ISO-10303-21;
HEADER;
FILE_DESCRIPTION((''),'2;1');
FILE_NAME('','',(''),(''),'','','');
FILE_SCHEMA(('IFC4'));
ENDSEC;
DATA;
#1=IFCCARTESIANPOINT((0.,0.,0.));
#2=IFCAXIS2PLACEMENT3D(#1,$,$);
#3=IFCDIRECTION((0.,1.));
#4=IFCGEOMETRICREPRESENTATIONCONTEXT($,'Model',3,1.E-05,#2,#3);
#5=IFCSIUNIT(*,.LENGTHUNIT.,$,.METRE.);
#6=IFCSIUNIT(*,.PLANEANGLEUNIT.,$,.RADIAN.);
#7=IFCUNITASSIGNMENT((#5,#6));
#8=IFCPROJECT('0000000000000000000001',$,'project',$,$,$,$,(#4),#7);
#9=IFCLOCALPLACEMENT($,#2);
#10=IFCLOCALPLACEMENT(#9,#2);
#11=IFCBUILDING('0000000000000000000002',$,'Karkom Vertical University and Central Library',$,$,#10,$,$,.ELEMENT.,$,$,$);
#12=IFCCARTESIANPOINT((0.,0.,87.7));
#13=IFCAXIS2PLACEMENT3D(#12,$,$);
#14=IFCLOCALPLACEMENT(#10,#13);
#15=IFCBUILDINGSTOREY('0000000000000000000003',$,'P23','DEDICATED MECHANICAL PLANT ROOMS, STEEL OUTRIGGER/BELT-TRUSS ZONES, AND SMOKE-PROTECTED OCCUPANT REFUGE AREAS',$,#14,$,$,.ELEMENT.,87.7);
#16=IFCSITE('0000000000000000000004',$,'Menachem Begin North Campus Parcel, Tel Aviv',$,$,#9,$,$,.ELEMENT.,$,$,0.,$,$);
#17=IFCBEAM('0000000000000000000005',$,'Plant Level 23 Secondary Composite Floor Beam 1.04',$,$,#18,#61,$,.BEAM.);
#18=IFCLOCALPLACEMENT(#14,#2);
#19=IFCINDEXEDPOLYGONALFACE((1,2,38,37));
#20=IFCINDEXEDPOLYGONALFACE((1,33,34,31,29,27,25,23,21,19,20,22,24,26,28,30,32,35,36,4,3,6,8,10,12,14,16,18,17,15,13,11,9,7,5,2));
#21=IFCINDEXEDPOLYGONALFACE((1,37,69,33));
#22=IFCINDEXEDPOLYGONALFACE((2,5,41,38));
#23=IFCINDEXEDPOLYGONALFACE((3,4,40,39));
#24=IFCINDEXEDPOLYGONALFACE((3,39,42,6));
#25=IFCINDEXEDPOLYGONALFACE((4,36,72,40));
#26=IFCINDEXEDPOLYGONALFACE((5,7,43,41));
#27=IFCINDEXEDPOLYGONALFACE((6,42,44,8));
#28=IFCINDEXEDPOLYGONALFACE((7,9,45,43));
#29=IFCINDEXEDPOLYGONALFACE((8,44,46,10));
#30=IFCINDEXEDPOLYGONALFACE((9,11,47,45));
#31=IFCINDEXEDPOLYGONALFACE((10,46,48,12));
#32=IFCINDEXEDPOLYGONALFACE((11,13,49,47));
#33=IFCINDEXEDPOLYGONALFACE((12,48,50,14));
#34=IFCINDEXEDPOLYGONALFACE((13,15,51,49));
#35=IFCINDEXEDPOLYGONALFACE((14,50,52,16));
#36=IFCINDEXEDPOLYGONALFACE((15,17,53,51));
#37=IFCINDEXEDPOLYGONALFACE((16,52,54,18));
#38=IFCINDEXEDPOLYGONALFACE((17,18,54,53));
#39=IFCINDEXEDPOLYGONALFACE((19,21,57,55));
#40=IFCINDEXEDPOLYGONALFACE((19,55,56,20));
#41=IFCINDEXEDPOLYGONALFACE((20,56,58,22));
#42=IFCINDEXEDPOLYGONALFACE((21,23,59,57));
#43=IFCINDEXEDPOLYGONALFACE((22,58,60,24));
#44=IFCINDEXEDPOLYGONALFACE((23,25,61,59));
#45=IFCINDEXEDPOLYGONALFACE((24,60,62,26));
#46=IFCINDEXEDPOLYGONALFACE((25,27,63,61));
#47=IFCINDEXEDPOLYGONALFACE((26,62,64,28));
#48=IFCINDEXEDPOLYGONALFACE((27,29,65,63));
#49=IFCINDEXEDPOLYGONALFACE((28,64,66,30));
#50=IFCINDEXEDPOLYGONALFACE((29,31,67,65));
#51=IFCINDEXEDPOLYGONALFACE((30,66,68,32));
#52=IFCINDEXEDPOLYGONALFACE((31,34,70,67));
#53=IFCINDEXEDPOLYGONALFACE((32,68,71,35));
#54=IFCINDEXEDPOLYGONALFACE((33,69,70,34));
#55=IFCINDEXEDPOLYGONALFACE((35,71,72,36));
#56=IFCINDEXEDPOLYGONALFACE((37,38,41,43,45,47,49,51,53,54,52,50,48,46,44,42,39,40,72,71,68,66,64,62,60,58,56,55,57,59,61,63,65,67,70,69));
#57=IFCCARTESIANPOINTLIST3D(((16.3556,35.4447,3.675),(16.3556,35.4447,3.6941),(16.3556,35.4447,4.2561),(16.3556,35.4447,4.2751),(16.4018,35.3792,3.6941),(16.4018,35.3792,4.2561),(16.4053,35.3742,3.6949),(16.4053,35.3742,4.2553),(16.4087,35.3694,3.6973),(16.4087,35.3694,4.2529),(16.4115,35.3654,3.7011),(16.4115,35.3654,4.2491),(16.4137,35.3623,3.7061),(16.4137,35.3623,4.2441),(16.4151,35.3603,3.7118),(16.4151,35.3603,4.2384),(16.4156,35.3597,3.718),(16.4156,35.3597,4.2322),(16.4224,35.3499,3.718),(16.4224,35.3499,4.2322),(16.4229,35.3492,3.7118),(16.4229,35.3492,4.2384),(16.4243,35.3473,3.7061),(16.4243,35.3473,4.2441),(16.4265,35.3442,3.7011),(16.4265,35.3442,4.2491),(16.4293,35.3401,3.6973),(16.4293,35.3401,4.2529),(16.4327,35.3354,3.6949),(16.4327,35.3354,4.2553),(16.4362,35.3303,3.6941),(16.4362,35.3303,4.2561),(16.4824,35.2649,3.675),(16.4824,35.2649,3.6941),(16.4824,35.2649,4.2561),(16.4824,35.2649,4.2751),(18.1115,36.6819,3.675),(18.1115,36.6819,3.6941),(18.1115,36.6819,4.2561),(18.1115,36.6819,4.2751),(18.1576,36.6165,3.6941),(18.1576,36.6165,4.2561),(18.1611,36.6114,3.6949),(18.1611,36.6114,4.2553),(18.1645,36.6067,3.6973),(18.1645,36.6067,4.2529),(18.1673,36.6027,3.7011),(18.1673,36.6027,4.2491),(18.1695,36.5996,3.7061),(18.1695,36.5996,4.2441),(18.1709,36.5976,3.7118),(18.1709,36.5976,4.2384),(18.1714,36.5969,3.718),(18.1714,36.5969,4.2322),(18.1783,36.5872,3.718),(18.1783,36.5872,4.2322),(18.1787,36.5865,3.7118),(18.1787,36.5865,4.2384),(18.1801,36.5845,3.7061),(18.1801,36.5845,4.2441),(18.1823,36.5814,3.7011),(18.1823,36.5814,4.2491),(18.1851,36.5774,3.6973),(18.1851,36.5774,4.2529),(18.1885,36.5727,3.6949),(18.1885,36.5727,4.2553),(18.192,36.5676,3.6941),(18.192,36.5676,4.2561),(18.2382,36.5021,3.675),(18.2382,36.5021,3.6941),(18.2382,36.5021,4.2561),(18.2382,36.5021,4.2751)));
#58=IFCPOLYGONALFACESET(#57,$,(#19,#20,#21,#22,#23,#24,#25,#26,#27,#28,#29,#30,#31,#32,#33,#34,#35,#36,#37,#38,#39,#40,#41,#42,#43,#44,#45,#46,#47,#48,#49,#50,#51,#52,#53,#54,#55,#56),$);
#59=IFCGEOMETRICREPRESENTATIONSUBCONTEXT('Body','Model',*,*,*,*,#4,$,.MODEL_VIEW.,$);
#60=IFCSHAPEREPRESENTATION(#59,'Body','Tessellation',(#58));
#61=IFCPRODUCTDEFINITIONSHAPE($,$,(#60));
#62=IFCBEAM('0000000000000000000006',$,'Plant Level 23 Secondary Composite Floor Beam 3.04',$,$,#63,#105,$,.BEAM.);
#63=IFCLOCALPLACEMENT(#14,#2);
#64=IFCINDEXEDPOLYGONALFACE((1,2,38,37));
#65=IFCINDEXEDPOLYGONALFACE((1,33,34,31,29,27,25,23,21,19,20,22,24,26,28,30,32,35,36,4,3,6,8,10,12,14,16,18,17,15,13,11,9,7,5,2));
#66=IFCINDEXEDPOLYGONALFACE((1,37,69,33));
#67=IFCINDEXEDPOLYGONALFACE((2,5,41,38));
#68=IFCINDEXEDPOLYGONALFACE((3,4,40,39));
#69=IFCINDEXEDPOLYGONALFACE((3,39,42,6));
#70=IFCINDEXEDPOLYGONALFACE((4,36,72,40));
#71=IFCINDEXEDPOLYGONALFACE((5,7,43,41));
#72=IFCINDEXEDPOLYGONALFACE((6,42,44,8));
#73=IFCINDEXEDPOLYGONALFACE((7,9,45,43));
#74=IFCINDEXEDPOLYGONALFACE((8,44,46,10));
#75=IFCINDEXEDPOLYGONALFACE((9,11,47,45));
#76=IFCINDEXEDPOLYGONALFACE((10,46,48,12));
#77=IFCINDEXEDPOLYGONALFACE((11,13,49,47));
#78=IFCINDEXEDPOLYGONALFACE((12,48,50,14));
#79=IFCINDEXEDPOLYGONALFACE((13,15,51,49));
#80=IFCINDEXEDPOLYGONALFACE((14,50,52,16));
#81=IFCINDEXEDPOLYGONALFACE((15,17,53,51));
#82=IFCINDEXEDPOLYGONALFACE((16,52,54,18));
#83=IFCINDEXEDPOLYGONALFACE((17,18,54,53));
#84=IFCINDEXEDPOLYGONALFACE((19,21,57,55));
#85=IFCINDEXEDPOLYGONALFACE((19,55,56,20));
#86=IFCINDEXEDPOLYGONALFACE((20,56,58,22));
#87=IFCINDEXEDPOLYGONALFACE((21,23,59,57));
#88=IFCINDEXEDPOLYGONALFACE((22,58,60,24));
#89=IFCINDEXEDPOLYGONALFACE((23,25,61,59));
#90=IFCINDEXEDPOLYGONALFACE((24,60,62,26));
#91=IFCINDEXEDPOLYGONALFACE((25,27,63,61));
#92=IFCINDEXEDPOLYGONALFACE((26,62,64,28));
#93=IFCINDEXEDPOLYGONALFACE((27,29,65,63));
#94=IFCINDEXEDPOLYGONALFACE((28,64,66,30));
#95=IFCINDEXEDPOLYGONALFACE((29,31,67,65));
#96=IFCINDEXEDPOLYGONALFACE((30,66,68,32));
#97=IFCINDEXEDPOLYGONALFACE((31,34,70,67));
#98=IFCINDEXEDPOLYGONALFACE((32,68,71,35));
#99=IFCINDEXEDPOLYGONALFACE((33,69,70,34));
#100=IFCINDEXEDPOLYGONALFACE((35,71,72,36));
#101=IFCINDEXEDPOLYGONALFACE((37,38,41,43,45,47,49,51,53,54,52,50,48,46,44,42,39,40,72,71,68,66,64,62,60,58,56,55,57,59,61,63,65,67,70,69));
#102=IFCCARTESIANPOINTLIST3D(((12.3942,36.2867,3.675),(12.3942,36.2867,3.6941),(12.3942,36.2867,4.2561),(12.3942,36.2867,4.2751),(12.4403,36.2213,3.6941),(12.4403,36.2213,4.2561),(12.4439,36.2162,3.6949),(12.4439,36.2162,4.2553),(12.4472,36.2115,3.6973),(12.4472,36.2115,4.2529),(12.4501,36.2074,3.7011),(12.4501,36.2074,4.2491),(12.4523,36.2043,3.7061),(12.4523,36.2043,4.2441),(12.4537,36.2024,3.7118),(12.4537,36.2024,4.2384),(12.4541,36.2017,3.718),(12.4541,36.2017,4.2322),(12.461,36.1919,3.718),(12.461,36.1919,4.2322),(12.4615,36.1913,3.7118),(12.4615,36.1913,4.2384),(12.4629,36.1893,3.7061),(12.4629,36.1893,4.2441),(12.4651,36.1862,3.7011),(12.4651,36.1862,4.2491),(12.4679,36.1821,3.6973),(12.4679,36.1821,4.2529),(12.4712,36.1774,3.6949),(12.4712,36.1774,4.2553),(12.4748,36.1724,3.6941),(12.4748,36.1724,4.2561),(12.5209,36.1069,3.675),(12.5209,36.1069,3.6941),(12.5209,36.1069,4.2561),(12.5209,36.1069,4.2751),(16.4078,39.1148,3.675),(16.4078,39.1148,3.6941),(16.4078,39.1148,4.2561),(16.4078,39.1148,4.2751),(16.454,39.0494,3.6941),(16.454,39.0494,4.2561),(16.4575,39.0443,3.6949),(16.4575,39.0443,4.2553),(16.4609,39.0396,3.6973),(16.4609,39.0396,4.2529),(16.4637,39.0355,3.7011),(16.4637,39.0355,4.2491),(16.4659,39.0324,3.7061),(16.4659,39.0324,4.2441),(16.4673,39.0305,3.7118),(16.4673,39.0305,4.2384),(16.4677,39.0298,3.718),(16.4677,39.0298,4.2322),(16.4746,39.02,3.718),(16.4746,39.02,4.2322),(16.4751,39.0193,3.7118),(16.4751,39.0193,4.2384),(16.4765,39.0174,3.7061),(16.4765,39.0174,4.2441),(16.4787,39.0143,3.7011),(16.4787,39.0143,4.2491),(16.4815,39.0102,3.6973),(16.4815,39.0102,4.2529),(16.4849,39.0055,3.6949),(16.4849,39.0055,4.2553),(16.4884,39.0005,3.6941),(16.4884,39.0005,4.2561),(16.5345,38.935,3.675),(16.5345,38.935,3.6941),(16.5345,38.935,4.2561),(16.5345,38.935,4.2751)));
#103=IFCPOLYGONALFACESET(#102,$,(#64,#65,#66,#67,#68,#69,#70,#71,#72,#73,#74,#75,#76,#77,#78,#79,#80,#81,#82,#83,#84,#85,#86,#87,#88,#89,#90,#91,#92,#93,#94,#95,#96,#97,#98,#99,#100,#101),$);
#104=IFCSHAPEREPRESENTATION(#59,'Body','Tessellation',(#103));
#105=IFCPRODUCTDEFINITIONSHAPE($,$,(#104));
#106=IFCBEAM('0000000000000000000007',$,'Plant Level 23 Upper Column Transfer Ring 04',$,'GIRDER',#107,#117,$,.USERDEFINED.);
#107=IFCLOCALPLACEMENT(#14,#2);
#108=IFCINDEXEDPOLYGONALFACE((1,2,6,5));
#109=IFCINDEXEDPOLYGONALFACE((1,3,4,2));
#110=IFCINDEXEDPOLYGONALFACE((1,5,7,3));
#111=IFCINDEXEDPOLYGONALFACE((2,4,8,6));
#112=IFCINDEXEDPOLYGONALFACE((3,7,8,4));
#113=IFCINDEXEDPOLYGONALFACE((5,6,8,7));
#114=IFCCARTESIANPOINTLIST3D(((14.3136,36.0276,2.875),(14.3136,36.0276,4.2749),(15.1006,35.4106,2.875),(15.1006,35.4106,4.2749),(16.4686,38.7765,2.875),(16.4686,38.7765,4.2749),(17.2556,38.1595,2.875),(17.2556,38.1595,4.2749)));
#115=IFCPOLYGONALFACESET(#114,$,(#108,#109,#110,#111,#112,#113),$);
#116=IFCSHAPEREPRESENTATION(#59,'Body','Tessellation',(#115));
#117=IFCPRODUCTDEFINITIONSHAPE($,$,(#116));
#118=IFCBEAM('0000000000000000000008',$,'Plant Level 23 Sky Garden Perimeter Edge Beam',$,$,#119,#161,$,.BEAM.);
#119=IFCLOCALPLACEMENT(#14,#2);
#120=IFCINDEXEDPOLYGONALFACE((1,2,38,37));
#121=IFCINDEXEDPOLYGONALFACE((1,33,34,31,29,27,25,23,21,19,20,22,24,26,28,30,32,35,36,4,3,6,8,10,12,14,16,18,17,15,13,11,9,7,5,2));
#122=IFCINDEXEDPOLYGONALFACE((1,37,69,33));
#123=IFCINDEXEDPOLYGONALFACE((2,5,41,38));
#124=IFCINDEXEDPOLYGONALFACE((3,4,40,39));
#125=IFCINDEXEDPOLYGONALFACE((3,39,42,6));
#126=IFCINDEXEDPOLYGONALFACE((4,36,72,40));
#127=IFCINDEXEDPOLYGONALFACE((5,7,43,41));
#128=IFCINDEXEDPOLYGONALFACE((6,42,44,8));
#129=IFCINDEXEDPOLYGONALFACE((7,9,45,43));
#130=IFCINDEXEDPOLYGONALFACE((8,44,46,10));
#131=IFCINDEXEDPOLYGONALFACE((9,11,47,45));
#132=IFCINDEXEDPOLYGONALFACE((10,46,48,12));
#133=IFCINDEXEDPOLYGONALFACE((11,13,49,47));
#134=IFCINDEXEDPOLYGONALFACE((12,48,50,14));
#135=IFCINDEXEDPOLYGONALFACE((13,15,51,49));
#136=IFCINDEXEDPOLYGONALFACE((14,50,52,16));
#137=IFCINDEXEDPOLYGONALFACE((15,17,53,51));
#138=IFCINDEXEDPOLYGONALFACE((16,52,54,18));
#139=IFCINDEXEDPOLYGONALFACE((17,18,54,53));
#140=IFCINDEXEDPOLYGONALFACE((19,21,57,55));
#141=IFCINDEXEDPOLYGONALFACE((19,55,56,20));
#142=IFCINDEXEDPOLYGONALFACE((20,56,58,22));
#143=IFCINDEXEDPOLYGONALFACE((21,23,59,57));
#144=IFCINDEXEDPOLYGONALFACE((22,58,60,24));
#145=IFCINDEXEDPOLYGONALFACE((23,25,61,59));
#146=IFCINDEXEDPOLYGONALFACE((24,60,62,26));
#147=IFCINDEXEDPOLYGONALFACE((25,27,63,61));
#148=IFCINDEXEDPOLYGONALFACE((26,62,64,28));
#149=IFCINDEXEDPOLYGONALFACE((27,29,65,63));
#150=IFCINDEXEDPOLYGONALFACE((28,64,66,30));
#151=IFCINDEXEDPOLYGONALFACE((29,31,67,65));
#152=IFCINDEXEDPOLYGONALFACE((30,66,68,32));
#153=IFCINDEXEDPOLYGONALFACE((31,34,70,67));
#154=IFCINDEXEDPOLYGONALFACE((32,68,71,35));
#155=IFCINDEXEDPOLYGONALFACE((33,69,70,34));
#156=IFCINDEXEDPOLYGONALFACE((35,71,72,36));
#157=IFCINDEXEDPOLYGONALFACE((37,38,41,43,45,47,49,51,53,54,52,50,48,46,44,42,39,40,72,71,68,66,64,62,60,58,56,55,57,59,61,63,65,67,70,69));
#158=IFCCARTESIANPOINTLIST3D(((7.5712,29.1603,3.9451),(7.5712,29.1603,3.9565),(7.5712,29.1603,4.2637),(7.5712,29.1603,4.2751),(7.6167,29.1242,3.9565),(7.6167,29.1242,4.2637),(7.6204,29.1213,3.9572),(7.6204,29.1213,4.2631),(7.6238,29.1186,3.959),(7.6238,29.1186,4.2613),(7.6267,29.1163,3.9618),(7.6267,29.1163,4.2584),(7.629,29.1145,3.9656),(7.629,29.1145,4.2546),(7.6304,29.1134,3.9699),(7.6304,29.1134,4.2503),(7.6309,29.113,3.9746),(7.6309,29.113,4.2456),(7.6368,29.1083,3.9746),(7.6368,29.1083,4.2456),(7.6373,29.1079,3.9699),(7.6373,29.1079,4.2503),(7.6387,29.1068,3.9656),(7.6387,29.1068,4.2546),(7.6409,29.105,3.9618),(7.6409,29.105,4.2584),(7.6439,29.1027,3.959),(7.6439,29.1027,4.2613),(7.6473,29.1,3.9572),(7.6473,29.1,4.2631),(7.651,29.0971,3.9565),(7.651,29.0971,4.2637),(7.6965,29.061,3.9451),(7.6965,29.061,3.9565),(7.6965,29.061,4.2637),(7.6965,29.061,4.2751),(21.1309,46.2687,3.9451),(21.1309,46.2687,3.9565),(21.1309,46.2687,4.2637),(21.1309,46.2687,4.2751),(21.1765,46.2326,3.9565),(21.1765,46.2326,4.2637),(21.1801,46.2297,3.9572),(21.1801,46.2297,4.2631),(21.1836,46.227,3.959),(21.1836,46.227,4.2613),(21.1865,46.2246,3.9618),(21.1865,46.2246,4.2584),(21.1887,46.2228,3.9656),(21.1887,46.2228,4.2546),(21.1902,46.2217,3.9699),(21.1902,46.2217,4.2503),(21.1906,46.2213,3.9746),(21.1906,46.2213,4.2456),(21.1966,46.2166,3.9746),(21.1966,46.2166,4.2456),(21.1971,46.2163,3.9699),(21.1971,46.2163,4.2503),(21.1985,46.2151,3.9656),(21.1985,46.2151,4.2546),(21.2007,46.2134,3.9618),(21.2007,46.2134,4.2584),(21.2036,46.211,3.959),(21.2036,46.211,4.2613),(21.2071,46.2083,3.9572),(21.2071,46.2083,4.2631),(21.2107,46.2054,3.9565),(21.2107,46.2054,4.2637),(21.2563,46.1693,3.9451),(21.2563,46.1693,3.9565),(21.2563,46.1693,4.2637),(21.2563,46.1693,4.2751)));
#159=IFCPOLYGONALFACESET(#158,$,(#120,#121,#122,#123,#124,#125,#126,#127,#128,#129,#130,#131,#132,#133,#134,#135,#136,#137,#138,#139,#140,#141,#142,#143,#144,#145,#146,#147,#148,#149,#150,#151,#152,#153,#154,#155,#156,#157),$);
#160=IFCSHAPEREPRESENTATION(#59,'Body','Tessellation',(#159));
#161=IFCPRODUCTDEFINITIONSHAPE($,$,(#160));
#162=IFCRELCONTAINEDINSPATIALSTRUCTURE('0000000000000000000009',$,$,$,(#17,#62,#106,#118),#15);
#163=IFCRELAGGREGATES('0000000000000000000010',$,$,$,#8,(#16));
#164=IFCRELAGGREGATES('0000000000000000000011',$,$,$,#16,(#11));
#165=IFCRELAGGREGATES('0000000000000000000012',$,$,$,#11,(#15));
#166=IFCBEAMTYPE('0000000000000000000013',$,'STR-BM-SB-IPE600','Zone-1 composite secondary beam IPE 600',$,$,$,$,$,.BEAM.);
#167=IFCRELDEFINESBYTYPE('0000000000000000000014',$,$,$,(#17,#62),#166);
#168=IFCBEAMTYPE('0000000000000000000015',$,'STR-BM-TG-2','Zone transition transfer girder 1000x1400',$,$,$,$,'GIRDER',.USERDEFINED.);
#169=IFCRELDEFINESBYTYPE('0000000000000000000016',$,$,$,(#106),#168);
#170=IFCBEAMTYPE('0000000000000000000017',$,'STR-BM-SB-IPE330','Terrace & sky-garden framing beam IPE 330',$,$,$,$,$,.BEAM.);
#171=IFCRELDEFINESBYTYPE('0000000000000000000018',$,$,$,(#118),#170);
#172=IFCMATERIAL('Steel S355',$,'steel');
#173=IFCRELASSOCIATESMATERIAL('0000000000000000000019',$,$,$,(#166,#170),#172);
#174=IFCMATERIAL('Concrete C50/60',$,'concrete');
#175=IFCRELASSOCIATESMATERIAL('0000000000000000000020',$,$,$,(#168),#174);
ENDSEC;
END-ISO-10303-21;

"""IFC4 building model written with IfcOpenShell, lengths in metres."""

from ifc_helpers import new_model, si_unit, direction, frame, origin, origin_with_axes, origin_2d, place, context, subcontext, project, spatial, rectangle, i_section, extrude, source, transform, mapped, material, material_profile, profile_set, type_object, element, save


model = new_model("IFC4")

# Units and contexts
model_context = context("Model", 3, precision=1e-05, world=origin(), true_north=direction((0.0, 1.0)))
body_context = subcontext(model_context, "Body", "Model", "MODEL_VIEW")
ifc_project = project(units=[si_unit("LENGTHUNIT", "METRE"), si_unit("PLANEANGLEUNIT", "RADIAN")], contexts=[model_context])

# Site, building, storey
site_placement = place(None, origin())
site = spatial("IfcSite", under=ifc_project, at=site_placement, Name="Menachem Begin North Campus Parcel, Tel Aviv", CompositionType="ELEMENT", RefElevation=0.0)
building_placement = place(site_placement, origin())
building = spatial("IfcBuilding", under=site, at=building_placement, Name="Karkom Vertical University and Central Library", CompositionType="ELEMENT")
storey_placement = place(building_placement, frame((0.0, 0.0, 87.7)))
storey = spatial("IfcBuildingStorey", under=building, at=storey_placement, Name="P23", Description="DEDICATED MECHANICAL PLANT ROOMS, STEEL OUTRIGGER/BELT-TRUSS ZONES, AND SMOKE-PROTECTED OCCUPANT REFUGE AREAS", CompositionType="ELEMENT", Elevation=87.7)

# Beams
ifc_material_1 = material(Name="Steel S355", Category="steel")
ifc_material_profile_1 = material_profile(ifc_material_1, i_section(OverallWidth=0.22, OverallDepth=0.6001, WebThickness=0.012, FlangeThickness=0.019, FilletRadius=0.0239, at=origin_2d()), Name="IPE 600")
ifc_profile_set_1 = profile_set([ifc_material_profile_1], Name="Steel S355")
beam_type_1 = type_object("IfcBeamType", Name="STR-BM-SB-IPE600", Description="Zone-1 composite secondary beam IPE 600", PredefinedType="BEAM", material=ifc_profile_set_1)
shared_shape_1 = source(origin_with_axes(), body_context, "Body", "SweptSolid", [
    extrude(i_section(OverallWidth=0.22, OverallDepth=0.6001, WebThickness=0.012, FlangeThickness=0.019, FilletRadius=0.0239, at=origin_2d()), origin(), (0.0, 0.0, 1.0), 2.1479),
])
beam_1_placement = place(storey_placement, frame((18.1748, 36.592, 3.9751), z_axis=(-0.817434, -0.576023, 0.0), x_axis=(0.576023, -0.817434, 0.0)))
element("IfcBeam", 1, at=beam_1_placement, inside=storey, type_object=beam_type_1, Name="Plant Level 23 Secondary Composite Floor Beam 1.04", PredefinedType="BEAM", context=body_context, shape_type="MappedRepresentation", body=[
    mapped(shared_shape_1, transform((0.0, 0.0, 0.0), scale=1.0)),
])
shared_shape_2 = source(origin_with_axes(), body_context, "Body", "SweptSolid", [
    extrude(i_section(OverallWidth=0.22, OverallDepth=0.6001, WebThickness=0.012, FlangeThickness=0.019, FilletRadius=0.0239, at=origin_2d()), origin(), (0.0, 0.0, 1.0), 4.9099),
])
beam_2_placement = place(storey_placement, frame((16.4712, 39.0249, 3.9751), z_axis=(-0.817453, -0.575996, 0.0), x_axis=(0.575996, -0.817453, 0.0)))
element("IfcBeam", 2, at=beam_2_placement, inside=storey, type_object=beam_type_1, Name="Plant Level 23 Secondary Composite Floor Beam 3.04", PredefinedType="BEAM", context=body_context, shape_type="MappedRepresentation", body=[
    mapped(shared_shape_2, transform((0.0, 0.0, 0.0), scale=1.0)),
])
ifc_material_2 = material(Name="Concrete C50/60", Category="concrete")
ifc_material_profile_2 = material_profile(ifc_material_2, rectangle(XDim=1.0, YDim=1.3999, at=origin_2d()), Name="TG-1000x1400")
ifc_profile_set_2 = profile_set([ifc_material_profile_2], Name="Concrete C50/60")
beam_type_2 = type_object("IfcBeamType", Name="STR-BM-TG-2", Description="Zone transition transfer girder 1000x1400", ElementType="GIRDER", PredefinedType="USERDEFINED", material=ifc_profile_set_2)
shared_shape_3 = source(origin_with_axes(), body_context, "Body", "SweptSolid", [
    extrude(rectangle(XDim=1.0, YDim=1.3999, at=origin_2d()), origin(), (0.0, 0.0, 1.0), 3.4929),
])
beam_3_placement = place(storey_placement, frame((16.8621, 38.468, 3.575), z_axis=(-0.616951, -0.787002, 0.0), x_axis=(0.787002, -0.616951, 0.0)))
element("IfcBeam", 3, at=beam_3_placement, inside=storey, type_object=beam_type_2, Name="Plant Level 23 Upper Column Transfer Ring 04", ObjectType="GIRDER", PredefinedType="USERDEFINED", context=body_context, shape_type="MappedRepresentation", body=[
    mapped(shared_shape_3, transform((0.0, 0.0, 0.0), scale=1.0)),
])
ifc_material_profile_3 = material_profile(ifc_material_1, i_section(OverallWidth=0.1599, OverallDepth=0.3301, WebThickness=0.0076, FlangeThickness=0.0115, FilletRadius=0.0181, at=origin_2d()), Name="IPE 330")
ifc_profile_set_3 = profile_set([ifc_material_profile_3], Name="Steel S355")
beam_type_3 = type_object("IfcBeamType", Name="STR-BM-SB-IPE330", Description="Terrace & sky-garden framing beam IPE 330", PredefinedType="BEAM", material=ifc_profile_set_3)
shared_shape_4 = source(origin_with_axes(), body_context, "Body", "SweptSolid", [
    extrude(i_section(OverallWidth=0.1599, OverallDepth=0.3301, WebThickness=0.0076, FlangeThickness=0.0115, FilletRadius=0.0181, at=origin_2d()), origin(), (0.0, 0.0, 1.0), 21.8303),
])
beam_4_placement = place(storey_placement, frame((21.1936, 46.219, 4.1101), z_axis=(-0.621144, -0.783696, 0.0), x_axis=(0.783696, -0.621144, 0.0)))
element("IfcBeam", 4, at=beam_4_placement, inside=storey, type_object=beam_type_3, Name="Plant Level 23 Sky Garden Perimeter Edge Beam", PredefinedType="BEAM", context=body_context, shape_type="MappedRepresentation", body=[
    mapped(shared_shape_4, transform((0.0, 0.0, 0.0), scale=1.0)),
])

save(model, "model.ifc")
